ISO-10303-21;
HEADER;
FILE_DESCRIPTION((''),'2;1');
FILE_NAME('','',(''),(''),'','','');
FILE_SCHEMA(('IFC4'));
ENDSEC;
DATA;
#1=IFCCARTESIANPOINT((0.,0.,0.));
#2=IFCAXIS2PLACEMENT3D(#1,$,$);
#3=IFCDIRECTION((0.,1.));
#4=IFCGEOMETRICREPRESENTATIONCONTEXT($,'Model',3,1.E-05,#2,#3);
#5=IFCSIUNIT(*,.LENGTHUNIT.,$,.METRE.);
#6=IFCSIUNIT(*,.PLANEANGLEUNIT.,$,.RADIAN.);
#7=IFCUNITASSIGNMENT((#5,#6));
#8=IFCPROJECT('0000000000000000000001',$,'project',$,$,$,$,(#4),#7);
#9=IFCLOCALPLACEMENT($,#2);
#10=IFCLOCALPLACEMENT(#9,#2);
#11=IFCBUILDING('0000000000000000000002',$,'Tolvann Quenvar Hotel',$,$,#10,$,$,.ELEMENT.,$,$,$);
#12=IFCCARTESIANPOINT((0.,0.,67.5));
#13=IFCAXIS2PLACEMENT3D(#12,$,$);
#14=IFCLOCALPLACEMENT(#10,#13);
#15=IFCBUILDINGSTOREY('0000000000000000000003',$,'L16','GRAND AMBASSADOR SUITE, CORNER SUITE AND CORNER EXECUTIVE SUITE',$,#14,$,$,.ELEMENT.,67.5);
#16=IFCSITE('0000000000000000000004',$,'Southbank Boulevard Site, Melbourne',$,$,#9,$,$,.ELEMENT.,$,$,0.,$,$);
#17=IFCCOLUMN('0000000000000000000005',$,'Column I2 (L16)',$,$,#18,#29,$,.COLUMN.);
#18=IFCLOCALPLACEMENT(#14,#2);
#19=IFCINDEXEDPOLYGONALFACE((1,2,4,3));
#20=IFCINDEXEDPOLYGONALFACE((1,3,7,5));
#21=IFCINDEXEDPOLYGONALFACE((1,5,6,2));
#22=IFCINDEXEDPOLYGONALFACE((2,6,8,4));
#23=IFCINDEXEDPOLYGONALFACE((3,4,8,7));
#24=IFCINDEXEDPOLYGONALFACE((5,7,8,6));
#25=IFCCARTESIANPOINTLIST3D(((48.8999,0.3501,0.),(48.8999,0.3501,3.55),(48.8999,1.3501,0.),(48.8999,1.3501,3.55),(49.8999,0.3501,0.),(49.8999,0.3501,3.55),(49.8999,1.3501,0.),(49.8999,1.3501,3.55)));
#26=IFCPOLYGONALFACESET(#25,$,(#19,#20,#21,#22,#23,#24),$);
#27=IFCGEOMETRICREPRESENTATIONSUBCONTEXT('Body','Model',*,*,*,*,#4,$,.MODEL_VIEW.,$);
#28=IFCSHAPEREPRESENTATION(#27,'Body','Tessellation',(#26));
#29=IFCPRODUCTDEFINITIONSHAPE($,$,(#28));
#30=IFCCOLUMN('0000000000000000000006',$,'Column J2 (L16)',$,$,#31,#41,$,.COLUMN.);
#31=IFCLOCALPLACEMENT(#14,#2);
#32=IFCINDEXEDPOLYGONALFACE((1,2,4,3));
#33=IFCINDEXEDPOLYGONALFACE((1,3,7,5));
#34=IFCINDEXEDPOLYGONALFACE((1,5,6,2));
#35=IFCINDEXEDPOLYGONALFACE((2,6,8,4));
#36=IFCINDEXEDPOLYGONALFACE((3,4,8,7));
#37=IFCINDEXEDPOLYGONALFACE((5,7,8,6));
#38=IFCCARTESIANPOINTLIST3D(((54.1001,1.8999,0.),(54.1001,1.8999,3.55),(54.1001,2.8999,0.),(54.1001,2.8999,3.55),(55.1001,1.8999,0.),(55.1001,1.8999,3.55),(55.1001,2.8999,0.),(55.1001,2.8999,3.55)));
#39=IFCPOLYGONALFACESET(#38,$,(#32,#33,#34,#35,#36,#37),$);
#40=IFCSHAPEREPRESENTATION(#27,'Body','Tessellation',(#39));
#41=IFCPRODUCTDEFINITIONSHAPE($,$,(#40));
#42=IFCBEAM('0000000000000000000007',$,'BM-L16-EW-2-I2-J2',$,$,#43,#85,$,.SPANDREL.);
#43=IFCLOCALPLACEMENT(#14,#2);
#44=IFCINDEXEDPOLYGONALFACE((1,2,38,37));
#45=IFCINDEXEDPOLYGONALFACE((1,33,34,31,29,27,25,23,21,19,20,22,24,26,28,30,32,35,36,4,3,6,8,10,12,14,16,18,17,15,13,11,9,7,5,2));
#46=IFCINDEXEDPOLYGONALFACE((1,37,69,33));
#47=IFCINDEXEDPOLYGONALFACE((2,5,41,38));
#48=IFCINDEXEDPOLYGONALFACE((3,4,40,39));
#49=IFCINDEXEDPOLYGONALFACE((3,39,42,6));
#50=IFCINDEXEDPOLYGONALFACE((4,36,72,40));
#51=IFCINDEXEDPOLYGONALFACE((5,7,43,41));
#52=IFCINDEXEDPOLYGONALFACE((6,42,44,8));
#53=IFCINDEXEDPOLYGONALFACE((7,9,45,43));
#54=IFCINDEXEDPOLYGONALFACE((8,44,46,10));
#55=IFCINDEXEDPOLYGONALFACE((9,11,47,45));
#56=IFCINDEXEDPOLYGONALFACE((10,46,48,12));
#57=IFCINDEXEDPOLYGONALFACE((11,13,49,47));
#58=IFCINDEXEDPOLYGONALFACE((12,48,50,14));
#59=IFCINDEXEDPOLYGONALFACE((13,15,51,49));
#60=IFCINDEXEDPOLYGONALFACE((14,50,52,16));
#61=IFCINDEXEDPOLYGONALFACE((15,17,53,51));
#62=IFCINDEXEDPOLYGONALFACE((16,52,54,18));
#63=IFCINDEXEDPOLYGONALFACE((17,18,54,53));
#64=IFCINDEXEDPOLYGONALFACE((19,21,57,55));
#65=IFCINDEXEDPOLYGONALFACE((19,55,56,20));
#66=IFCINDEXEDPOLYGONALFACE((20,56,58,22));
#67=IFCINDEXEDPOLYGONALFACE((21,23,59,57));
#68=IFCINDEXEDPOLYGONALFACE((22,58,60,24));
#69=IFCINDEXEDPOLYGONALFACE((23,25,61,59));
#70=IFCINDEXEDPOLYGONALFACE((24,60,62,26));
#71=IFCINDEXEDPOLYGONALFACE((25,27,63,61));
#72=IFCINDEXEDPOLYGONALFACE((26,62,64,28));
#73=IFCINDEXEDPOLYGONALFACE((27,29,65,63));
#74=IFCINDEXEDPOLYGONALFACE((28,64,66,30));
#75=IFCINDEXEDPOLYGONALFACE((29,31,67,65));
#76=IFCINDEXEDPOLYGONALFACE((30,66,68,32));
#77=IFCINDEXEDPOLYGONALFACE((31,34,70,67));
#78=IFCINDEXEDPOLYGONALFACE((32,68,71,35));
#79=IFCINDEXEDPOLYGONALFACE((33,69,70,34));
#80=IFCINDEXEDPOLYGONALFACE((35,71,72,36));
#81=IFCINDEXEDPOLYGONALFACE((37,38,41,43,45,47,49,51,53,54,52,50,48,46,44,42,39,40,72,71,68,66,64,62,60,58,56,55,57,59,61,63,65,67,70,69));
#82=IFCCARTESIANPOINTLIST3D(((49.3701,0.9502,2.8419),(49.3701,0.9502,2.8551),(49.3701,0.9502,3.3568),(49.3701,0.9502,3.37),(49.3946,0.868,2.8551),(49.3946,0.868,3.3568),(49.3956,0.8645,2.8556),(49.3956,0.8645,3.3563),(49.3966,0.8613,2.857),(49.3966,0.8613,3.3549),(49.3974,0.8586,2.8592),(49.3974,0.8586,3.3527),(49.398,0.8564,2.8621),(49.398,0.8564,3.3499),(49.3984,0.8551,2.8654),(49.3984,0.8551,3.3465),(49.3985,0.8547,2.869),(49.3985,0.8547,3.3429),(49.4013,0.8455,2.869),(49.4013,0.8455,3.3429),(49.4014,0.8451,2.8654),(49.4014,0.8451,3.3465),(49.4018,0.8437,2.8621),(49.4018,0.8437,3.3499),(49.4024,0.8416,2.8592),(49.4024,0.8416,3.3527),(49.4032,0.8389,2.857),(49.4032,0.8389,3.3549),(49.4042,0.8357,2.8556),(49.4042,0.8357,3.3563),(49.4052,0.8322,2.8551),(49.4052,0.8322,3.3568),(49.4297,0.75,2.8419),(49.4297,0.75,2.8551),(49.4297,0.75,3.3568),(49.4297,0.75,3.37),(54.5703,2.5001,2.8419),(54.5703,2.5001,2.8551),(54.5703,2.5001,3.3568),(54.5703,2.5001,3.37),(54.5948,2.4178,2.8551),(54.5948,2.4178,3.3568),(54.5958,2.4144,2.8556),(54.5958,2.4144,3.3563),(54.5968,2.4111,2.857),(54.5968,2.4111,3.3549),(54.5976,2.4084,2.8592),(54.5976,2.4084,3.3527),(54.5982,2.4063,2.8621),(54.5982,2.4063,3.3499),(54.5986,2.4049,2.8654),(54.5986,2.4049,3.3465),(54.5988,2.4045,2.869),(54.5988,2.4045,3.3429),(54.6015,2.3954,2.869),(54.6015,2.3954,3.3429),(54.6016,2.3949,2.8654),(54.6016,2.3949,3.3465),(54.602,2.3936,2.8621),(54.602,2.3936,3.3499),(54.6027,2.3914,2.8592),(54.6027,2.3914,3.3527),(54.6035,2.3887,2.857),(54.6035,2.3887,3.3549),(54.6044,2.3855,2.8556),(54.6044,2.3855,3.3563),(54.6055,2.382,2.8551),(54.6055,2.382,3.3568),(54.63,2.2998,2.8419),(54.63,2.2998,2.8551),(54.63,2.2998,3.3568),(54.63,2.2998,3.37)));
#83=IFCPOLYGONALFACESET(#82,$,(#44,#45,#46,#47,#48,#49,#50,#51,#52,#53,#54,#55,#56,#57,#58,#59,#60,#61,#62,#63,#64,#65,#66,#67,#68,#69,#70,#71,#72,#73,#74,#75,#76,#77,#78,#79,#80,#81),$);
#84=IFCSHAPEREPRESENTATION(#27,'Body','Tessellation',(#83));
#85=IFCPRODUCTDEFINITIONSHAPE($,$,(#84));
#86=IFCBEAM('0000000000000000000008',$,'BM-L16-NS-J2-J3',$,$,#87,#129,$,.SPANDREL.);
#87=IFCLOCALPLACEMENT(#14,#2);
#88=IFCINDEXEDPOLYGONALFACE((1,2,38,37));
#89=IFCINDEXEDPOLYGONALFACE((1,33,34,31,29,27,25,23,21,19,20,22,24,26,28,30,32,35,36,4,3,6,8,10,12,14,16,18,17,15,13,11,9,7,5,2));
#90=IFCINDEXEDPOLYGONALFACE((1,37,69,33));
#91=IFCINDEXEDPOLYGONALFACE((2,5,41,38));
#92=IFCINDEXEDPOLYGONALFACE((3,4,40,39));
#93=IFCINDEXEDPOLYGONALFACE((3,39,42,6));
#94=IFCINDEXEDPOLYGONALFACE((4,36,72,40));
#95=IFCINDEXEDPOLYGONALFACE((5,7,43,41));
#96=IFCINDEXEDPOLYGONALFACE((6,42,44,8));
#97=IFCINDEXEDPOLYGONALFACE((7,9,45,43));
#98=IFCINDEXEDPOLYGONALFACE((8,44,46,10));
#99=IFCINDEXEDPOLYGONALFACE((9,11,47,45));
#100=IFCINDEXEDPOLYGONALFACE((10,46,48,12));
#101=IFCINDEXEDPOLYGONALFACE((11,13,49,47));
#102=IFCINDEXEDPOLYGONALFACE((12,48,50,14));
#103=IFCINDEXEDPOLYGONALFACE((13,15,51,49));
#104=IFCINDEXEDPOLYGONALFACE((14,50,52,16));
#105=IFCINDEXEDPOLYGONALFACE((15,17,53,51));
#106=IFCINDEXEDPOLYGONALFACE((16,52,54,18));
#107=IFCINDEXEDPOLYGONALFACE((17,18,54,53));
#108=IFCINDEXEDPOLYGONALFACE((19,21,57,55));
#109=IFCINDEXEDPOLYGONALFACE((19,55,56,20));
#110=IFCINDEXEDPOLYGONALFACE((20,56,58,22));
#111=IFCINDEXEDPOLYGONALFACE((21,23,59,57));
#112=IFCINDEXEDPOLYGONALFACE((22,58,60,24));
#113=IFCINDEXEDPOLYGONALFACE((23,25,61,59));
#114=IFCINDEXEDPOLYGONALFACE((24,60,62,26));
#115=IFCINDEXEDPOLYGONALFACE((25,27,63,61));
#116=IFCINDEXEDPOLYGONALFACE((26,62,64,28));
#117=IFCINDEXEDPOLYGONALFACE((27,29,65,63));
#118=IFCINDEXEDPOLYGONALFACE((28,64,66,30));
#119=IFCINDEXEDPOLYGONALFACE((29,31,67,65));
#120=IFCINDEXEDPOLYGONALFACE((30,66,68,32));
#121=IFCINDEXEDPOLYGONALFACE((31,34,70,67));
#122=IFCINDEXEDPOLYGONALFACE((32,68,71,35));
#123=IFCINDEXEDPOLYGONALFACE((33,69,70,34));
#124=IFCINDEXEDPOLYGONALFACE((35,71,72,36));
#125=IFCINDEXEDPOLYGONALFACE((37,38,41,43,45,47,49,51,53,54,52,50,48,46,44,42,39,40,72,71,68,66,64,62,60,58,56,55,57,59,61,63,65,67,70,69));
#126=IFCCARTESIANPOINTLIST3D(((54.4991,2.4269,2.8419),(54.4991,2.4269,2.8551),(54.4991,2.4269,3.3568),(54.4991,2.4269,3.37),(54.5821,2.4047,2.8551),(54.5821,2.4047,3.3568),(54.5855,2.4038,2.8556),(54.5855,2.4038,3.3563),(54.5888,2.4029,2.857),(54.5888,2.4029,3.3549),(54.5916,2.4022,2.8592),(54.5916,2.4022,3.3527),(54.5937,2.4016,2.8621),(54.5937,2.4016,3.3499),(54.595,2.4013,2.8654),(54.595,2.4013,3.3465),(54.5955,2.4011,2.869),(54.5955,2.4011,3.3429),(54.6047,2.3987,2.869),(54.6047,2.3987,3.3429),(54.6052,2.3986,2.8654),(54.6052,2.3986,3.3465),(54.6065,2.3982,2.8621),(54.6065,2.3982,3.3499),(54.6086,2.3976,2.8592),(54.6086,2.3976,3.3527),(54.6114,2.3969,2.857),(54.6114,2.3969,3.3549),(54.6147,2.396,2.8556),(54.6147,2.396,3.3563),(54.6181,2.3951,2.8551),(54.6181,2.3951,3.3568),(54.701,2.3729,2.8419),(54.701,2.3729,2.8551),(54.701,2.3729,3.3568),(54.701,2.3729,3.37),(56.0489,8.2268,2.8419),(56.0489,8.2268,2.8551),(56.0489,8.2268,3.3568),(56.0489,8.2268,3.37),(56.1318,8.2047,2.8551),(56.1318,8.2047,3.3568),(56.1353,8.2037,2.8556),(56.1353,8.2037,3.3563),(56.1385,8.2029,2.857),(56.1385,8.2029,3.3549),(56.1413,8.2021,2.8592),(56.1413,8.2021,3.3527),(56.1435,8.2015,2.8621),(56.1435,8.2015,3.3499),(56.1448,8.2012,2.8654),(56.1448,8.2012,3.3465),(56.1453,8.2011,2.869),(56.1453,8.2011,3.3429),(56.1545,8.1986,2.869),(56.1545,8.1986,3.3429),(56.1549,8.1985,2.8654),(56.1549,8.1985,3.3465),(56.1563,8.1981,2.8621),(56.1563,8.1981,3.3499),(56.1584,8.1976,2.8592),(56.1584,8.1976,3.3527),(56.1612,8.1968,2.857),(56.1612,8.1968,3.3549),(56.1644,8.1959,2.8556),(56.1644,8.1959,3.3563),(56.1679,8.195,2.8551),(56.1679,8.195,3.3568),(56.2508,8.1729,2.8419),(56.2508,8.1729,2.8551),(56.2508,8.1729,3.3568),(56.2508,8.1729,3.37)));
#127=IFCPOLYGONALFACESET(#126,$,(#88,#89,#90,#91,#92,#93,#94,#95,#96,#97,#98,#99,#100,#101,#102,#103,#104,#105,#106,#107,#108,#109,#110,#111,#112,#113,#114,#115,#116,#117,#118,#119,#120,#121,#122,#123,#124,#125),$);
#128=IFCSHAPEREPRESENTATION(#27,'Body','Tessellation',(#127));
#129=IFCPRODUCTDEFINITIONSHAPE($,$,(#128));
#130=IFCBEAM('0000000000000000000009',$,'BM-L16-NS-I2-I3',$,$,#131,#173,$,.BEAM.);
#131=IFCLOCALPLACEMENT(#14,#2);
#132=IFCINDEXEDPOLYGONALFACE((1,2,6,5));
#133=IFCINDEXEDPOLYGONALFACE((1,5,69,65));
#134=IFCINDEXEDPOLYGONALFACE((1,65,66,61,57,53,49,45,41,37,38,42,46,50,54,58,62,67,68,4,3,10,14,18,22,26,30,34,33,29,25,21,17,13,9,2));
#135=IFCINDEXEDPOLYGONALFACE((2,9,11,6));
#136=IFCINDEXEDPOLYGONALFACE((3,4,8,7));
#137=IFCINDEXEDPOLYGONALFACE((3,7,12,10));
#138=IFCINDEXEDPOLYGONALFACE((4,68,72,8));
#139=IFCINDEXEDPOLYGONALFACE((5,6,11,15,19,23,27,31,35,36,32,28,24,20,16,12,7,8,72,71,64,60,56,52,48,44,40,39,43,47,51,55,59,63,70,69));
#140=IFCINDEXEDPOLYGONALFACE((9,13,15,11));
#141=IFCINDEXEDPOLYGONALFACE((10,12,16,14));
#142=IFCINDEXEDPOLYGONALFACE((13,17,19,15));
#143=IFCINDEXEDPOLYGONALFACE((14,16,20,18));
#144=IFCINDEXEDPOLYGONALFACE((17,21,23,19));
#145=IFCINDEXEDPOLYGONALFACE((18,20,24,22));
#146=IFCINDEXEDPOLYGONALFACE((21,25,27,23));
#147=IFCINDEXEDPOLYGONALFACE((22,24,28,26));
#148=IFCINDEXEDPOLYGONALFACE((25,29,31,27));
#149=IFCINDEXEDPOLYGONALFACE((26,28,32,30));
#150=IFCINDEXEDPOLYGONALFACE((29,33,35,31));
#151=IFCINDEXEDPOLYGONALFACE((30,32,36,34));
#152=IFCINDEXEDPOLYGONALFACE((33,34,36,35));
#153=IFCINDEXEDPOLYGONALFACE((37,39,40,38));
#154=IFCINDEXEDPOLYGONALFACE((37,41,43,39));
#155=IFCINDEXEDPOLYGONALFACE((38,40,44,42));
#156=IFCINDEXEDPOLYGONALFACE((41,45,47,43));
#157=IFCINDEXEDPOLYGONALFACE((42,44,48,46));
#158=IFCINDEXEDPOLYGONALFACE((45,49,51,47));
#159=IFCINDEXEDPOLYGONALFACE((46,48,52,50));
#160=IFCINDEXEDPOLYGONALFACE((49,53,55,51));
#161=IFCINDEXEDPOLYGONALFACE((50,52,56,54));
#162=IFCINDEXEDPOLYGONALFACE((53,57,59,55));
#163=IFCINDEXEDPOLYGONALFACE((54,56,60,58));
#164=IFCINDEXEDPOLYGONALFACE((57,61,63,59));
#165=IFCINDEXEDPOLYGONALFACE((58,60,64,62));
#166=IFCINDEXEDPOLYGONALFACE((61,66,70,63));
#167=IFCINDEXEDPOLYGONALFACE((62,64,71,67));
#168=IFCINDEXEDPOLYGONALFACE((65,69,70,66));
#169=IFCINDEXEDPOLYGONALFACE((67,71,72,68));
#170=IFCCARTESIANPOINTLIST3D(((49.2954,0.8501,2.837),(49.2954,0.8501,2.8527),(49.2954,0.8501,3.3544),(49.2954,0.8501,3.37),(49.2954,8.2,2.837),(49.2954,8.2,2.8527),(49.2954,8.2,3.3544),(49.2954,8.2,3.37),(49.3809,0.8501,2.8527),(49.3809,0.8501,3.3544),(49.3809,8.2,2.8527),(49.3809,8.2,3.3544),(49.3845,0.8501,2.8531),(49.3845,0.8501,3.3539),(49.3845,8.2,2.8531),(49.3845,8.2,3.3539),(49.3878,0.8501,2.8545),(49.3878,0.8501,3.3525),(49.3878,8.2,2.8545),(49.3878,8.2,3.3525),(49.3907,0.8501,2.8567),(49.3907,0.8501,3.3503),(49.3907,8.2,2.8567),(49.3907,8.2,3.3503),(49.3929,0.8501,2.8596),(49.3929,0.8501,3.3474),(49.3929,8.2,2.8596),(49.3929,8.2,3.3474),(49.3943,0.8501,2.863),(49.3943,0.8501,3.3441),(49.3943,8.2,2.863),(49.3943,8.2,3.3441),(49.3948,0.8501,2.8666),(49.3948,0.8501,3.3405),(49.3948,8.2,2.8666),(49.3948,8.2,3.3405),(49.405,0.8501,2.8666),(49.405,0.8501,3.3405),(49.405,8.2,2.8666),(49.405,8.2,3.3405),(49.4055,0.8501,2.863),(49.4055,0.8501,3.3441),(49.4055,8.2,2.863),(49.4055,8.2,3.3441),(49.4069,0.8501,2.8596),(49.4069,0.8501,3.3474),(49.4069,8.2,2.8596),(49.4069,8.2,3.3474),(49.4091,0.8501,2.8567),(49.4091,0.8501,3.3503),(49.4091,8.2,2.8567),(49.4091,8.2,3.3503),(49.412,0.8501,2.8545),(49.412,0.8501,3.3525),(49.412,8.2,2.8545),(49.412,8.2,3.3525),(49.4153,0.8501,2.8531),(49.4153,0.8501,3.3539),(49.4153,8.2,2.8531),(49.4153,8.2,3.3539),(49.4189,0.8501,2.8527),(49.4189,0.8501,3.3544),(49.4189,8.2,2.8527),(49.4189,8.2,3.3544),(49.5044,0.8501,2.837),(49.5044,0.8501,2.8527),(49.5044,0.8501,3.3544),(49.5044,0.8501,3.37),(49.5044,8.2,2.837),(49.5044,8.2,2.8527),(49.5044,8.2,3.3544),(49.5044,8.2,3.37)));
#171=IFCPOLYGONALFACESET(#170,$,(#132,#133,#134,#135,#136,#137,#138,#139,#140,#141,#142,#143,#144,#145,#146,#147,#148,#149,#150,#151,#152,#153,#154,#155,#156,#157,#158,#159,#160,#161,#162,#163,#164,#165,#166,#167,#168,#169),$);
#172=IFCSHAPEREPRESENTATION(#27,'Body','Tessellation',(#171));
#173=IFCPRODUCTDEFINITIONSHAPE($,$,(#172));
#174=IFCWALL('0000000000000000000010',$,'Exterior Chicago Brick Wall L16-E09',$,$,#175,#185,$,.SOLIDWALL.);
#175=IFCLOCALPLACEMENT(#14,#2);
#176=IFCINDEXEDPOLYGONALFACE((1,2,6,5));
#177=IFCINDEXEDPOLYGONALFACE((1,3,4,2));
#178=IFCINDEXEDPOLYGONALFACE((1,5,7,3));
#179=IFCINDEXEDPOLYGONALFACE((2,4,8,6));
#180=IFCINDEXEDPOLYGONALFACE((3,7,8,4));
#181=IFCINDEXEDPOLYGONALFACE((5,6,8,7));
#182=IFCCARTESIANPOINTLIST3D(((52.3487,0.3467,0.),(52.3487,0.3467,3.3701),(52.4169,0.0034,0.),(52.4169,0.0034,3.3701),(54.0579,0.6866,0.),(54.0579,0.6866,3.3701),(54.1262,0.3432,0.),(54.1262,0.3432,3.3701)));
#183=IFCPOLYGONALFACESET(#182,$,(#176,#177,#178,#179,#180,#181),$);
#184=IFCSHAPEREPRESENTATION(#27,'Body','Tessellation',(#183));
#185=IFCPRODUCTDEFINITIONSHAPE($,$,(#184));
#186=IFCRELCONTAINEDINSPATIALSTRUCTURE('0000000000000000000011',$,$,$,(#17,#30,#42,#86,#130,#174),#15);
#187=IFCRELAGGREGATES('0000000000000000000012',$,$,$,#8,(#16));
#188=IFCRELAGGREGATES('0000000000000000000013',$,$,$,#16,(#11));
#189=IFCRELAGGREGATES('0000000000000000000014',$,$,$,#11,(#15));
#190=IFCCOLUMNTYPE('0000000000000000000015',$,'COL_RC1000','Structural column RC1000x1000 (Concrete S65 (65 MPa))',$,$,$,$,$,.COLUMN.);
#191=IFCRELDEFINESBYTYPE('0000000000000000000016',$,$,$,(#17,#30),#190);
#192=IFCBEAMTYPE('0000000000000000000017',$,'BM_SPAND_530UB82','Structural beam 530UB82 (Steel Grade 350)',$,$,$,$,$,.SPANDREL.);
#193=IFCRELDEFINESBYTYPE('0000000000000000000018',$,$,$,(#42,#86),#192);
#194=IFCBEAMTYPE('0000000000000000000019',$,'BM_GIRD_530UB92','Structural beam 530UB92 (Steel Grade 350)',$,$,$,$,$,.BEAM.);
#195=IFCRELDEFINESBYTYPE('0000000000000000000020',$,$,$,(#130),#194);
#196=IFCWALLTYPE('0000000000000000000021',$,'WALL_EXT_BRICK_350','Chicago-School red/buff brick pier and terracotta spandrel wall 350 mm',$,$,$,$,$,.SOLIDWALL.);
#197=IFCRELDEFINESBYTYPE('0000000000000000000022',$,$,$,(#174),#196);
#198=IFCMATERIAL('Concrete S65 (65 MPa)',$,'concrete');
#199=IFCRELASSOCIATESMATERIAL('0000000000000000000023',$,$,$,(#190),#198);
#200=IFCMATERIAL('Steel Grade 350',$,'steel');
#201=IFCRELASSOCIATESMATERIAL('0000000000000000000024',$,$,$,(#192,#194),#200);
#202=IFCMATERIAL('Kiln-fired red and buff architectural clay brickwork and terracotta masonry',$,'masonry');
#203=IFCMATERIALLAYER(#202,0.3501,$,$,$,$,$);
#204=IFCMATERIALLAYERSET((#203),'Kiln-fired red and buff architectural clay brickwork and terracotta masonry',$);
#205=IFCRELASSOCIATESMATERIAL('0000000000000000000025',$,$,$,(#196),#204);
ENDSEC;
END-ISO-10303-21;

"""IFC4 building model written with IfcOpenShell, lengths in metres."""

from ifc_helpers import new_model, si_unit, direction, frame, frame_2d, origin, origin_2d, place, context, subcontext, project, spatial, rectangle, i_section, extrude, source, transform, mapped, material, layer, layer_set, material_profile, profile_set, type_object, type_shapes, element, save


model = new_model("IFC4")

# Units and contexts
model_context = context("Model", 3, precision=1e-05, world=origin(), true_north=direction((0.0, 1.0)))
body_context = subcontext(model_context, "Body", "Model", "MODEL_VIEW")
ifc_project = project(units=[si_unit("LENGTHUNIT", "METRE"), si_unit("PLANEANGLEUNIT", "RADIAN")], contexts=[model_context])

# Site, building, storey
site_placement = place(None, origin())
site = spatial("IfcSite", under=ifc_project, at=site_placement, Name="Southbank Boulevard Site, Melbourne", CompositionType="ELEMENT", RefElevation=0.0)
building_placement = place(site_placement, origin())
building = spatial("IfcBuilding", under=site, at=building_placement, Name="Tolvann Quenvar Hotel", CompositionType="ELEMENT")
storey_placement = place(building_placement, frame((0.0, 0.0, 67.5)))
storey = spatial("IfcBuildingStorey", under=building, at=storey_placement, Name="L16", Description="GRAND AMBASSADOR SUITE, CORNER SUITE AND CORNER EXECUTIVE SUITE", CompositionType="ELEMENT", Elevation=67.5)

# Columns
ifc_material_1 = material(Name="Concrete S65 (65 MPa)", Category="concrete")
ifc_material_profile_1 = material_profile(ifc_material_1, rectangle(XDim=1.0, YDim=1.0, at=origin_2d()), Name="RC1000x1000")
ifc_profile_set_1 = profile_set([ifc_material_profile_1], Name="Concrete S65 (65 MPa)")
column_type = type_object("IfcColumnType", Name="COL_RC1000", Description="Structural column RC1000x1000 (Concrete S65 (65 MPa))", PredefinedType="COLUMN", material=ifc_profile_set_1)
shared_shape_1 = source(origin(), body_context, "Body", "SweptSolid", [
    extrude(rectangle(XDim=1.0, YDim=1.0, at=origin_2d()), origin(), (0.0, 0.0, 1.0), 3.55),
])
type_shapes(column_type, [shared_shape_1])
for number, where, z_axis, x_axis, name in (
    (1, (49.3999, 0.8501, 0.0), (0.0, 0.0, 1.0), (1.0, 0.0, 0.0), "Column I2 (L16)"),
    (2, (54.6001, 2.3999, 0.0), (0.0, 0.0, 1.0), (1.0, 0.0, 0.0), "Column J2 (L16)"),
):
    element("IfcColumn", number, at=place(storey_placement, frame(where, z_axis=z_axis, x_axis=x_axis)), inside=storey, type_object=column_type, Name=name, PredefinedType="COLUMN", context=body_context, shape_type="MappedRepresentation", body=[
        mapped(shared_shape_1, transform((0.0, 0.0, 0.0), x_axis=(1.0, 0.0, 0.0), y_axis=(0.0, 1.0, 0.0), z_axis=(0.0, 0.0, 1.0), scale=1.0)),
    ])

# Beams
ifc_material_2 = material(Name="Steel Grade 350", Category="steel")
ifc_material_profile_2 = material_profile(ifc_material_2, i_section(OverallWidth=0.209, OverallDepth=0.5281, WebThickness=0.0095, FlangeThickness=0.0132, FilletRadius=0.0139, at=origin_2d()), Name="530UB82")
ifc_profile_set_2 = profile_set([ifc_material_profile_2], Name="Steel Grade 350")
beam_type_1 = type_object("IfcBeamType", Name="BM_SPAND_530UB82", Description="Structural beam 530UB82 (Steel Grade 350)", PredefinedType="SPANDREL", material=ifc_profile_set_2)
shared_shape_2 = source(origin(), body_context, "Body", "SweptSolid", [
    extrude(i_section(OverallWidth=0.209, OverallDepth=0.5281, WebThickness=0.0095, FlangeThickness=0.0132, FilletRadius=0.0139, at=origin_2d()), origin(), (0.0, 0.0, 1.0), 5.4263),
])
beam_1_placement = place(storey_placement, frame((49.3999, 0.8501, 3.106), z_axis=(0.958345, 0.285614, 0.0), x_axis=(-0.285614, 0.958345, 0.0)))
element("IfcBeam", 3, at=beam_1_placement, inside=storey, type_object=beam_type_1, Name="BM-L16-EW-2-I2-J2", PredefinedType="SPANDREL", context=body_context, shape_type="MappedRepresentation", body=[
    mapped(shared_shape_2, transform((0.0, 0.0, 0.0), x_axis=(1.0, 0.0, 0.0), y_axis=(0.0, 1.0, 0.0), z_axis=(0.0, 0.0, 1.0), scale=1.0)),
])
shared_shape_3 = source(origin(), body_context, "Body", "SweptSolid", [
    extrude(i_section(OverallWidth=0.209, OverallDepth=0.5281, WebThickness=0.0095, FlangeThickness=0.0132, FilletRadius=0.0139, at=origin_2d()), origin(), (0.0, 0.0, 1.0), 6.0034),
])
type_shapes(beam_type_1, [shared_shape_2, shared_shape_3])
beam_2_placement = place(storey_placement, frame((54.6001, 2.3999, 3.106), z_axis=(0.258149, 0.966105, 0.0), x_axis=(-0.966105, 0.258149, 0.0)))
element("IfcBeam", 4, at=beam_2_placement, inside=storey, type_object=beam_type_1, Name="BM-L16-NS-J2-J3", PredefinedType="SPANDREL", context=body_context, shape_type="MappedRepresentation", body=[
    mapped(shared_shape_3, transform((0.0, 0.0, 0.0), x_axis=(1.0, 0.0, 0.0), y_axis=(0.0, 1.0, 0.0), z_axis=(0.0, 0.0, 1.0), scale=1.0)),
])
ifc_material_profile_3 = material_profile(ifc_material_2, i_section(OverallWidth=0.209, OverallDepth=0.533, WebThickness=0.0103, FlangeThickness=0.0156, FilletRadius=0.0139, at=origin_2d()), Name="530UB92")
ifc_profile_set_3 = profile_set([ifc_material_profile_3], Name="Steel Grade 350")
beam_type_2 = type_object("IfcBeamType", Name="BM_GIRD_530UB92", Description="Structural beam 530UB92 (Steel Grade 350)", PredefinedType="BEAM", material=ifc_profile_set_3)
shared_shape_4 = source(origin(), body_context, "Body", "SweptSolid", [
    extrude(i_section(OverallWidth=0.209, OverallDepth=0.533, WebThickness=0.0103, FlangeThickness=0.0156, FilletRadius=0.0139, at=origin_2d()), origin(), (0.0, 0.0, 1.0), 7.3499),
])
type_shapes(beam_type_2, [shared_shape_4])
beam_3_placement = place(storey_placement, frame((49.3999, 0.8501, 3.1035), z_axis=(0.0, 1.0, 0.0), x_axis=(-1.0, 0.0, 0.0)))
element("IfcBeam", 5, at=beam_3_placement, inside=storey, type_object=beam_type_2, Name="BM-L16-NS-I2-I3", PredefinedType="BEAM", context=body_context, shape_type="MappedRepresentation", body=[
    mapped(shared_shape_4, transform((0.0, 0.0, 0.0), x_axis=(1.0, 0.0, 0.0), y_axis=(0.0, 1.0, 0.0), z_axis=(0.0, 0.0, 1.0), scale=1.0)),
])

# Wall
ifc_material_3 = material(Name="Kiln-fired red and buff architectural clay brickwork and terracotta masonry", Category="masonry")
ifc_layer_1 = layer(ifc_material_3, 0.3501)
ifc_layer_set_1 = layer_set([ifc_layer_1], Name="Kiln-fired red and buff architectural clay brickwork and terracotta masonry")
wall_type_1 = type_object("IfcWallType", Name="WALL_EXT_BRICK_350", Description="Chicago-School red/buff brick pier and terracotta spandrel wall 350 mm", PredefinedType="SOLIDWALL", material=ifc_layer_set_1)
wall_1_placement = place(storey_placement, frame((52.3828, 0.175, 0.0), z_axis=(0.0, 0.0, 1.0), x_axis=(0.980801, 0.195011, 0.0)))
element("IfcWall", 6, at=wall_1_placement, inside=storey, type_object=wall_type_1, Name="Exterior Chicago Brick Wall L16-E09", PredefinedType="SOLIDWALL", context=body_context, shape_type="SweptSolid", body=[
    extrude(rectangle(XDim=1.7427, YDim=0.3501, at=frame_2d((0.8713, 0.0))), origin(), (0.0, 0.0, 1.0), 3.3701),
])

save(model, "model.ifc")
